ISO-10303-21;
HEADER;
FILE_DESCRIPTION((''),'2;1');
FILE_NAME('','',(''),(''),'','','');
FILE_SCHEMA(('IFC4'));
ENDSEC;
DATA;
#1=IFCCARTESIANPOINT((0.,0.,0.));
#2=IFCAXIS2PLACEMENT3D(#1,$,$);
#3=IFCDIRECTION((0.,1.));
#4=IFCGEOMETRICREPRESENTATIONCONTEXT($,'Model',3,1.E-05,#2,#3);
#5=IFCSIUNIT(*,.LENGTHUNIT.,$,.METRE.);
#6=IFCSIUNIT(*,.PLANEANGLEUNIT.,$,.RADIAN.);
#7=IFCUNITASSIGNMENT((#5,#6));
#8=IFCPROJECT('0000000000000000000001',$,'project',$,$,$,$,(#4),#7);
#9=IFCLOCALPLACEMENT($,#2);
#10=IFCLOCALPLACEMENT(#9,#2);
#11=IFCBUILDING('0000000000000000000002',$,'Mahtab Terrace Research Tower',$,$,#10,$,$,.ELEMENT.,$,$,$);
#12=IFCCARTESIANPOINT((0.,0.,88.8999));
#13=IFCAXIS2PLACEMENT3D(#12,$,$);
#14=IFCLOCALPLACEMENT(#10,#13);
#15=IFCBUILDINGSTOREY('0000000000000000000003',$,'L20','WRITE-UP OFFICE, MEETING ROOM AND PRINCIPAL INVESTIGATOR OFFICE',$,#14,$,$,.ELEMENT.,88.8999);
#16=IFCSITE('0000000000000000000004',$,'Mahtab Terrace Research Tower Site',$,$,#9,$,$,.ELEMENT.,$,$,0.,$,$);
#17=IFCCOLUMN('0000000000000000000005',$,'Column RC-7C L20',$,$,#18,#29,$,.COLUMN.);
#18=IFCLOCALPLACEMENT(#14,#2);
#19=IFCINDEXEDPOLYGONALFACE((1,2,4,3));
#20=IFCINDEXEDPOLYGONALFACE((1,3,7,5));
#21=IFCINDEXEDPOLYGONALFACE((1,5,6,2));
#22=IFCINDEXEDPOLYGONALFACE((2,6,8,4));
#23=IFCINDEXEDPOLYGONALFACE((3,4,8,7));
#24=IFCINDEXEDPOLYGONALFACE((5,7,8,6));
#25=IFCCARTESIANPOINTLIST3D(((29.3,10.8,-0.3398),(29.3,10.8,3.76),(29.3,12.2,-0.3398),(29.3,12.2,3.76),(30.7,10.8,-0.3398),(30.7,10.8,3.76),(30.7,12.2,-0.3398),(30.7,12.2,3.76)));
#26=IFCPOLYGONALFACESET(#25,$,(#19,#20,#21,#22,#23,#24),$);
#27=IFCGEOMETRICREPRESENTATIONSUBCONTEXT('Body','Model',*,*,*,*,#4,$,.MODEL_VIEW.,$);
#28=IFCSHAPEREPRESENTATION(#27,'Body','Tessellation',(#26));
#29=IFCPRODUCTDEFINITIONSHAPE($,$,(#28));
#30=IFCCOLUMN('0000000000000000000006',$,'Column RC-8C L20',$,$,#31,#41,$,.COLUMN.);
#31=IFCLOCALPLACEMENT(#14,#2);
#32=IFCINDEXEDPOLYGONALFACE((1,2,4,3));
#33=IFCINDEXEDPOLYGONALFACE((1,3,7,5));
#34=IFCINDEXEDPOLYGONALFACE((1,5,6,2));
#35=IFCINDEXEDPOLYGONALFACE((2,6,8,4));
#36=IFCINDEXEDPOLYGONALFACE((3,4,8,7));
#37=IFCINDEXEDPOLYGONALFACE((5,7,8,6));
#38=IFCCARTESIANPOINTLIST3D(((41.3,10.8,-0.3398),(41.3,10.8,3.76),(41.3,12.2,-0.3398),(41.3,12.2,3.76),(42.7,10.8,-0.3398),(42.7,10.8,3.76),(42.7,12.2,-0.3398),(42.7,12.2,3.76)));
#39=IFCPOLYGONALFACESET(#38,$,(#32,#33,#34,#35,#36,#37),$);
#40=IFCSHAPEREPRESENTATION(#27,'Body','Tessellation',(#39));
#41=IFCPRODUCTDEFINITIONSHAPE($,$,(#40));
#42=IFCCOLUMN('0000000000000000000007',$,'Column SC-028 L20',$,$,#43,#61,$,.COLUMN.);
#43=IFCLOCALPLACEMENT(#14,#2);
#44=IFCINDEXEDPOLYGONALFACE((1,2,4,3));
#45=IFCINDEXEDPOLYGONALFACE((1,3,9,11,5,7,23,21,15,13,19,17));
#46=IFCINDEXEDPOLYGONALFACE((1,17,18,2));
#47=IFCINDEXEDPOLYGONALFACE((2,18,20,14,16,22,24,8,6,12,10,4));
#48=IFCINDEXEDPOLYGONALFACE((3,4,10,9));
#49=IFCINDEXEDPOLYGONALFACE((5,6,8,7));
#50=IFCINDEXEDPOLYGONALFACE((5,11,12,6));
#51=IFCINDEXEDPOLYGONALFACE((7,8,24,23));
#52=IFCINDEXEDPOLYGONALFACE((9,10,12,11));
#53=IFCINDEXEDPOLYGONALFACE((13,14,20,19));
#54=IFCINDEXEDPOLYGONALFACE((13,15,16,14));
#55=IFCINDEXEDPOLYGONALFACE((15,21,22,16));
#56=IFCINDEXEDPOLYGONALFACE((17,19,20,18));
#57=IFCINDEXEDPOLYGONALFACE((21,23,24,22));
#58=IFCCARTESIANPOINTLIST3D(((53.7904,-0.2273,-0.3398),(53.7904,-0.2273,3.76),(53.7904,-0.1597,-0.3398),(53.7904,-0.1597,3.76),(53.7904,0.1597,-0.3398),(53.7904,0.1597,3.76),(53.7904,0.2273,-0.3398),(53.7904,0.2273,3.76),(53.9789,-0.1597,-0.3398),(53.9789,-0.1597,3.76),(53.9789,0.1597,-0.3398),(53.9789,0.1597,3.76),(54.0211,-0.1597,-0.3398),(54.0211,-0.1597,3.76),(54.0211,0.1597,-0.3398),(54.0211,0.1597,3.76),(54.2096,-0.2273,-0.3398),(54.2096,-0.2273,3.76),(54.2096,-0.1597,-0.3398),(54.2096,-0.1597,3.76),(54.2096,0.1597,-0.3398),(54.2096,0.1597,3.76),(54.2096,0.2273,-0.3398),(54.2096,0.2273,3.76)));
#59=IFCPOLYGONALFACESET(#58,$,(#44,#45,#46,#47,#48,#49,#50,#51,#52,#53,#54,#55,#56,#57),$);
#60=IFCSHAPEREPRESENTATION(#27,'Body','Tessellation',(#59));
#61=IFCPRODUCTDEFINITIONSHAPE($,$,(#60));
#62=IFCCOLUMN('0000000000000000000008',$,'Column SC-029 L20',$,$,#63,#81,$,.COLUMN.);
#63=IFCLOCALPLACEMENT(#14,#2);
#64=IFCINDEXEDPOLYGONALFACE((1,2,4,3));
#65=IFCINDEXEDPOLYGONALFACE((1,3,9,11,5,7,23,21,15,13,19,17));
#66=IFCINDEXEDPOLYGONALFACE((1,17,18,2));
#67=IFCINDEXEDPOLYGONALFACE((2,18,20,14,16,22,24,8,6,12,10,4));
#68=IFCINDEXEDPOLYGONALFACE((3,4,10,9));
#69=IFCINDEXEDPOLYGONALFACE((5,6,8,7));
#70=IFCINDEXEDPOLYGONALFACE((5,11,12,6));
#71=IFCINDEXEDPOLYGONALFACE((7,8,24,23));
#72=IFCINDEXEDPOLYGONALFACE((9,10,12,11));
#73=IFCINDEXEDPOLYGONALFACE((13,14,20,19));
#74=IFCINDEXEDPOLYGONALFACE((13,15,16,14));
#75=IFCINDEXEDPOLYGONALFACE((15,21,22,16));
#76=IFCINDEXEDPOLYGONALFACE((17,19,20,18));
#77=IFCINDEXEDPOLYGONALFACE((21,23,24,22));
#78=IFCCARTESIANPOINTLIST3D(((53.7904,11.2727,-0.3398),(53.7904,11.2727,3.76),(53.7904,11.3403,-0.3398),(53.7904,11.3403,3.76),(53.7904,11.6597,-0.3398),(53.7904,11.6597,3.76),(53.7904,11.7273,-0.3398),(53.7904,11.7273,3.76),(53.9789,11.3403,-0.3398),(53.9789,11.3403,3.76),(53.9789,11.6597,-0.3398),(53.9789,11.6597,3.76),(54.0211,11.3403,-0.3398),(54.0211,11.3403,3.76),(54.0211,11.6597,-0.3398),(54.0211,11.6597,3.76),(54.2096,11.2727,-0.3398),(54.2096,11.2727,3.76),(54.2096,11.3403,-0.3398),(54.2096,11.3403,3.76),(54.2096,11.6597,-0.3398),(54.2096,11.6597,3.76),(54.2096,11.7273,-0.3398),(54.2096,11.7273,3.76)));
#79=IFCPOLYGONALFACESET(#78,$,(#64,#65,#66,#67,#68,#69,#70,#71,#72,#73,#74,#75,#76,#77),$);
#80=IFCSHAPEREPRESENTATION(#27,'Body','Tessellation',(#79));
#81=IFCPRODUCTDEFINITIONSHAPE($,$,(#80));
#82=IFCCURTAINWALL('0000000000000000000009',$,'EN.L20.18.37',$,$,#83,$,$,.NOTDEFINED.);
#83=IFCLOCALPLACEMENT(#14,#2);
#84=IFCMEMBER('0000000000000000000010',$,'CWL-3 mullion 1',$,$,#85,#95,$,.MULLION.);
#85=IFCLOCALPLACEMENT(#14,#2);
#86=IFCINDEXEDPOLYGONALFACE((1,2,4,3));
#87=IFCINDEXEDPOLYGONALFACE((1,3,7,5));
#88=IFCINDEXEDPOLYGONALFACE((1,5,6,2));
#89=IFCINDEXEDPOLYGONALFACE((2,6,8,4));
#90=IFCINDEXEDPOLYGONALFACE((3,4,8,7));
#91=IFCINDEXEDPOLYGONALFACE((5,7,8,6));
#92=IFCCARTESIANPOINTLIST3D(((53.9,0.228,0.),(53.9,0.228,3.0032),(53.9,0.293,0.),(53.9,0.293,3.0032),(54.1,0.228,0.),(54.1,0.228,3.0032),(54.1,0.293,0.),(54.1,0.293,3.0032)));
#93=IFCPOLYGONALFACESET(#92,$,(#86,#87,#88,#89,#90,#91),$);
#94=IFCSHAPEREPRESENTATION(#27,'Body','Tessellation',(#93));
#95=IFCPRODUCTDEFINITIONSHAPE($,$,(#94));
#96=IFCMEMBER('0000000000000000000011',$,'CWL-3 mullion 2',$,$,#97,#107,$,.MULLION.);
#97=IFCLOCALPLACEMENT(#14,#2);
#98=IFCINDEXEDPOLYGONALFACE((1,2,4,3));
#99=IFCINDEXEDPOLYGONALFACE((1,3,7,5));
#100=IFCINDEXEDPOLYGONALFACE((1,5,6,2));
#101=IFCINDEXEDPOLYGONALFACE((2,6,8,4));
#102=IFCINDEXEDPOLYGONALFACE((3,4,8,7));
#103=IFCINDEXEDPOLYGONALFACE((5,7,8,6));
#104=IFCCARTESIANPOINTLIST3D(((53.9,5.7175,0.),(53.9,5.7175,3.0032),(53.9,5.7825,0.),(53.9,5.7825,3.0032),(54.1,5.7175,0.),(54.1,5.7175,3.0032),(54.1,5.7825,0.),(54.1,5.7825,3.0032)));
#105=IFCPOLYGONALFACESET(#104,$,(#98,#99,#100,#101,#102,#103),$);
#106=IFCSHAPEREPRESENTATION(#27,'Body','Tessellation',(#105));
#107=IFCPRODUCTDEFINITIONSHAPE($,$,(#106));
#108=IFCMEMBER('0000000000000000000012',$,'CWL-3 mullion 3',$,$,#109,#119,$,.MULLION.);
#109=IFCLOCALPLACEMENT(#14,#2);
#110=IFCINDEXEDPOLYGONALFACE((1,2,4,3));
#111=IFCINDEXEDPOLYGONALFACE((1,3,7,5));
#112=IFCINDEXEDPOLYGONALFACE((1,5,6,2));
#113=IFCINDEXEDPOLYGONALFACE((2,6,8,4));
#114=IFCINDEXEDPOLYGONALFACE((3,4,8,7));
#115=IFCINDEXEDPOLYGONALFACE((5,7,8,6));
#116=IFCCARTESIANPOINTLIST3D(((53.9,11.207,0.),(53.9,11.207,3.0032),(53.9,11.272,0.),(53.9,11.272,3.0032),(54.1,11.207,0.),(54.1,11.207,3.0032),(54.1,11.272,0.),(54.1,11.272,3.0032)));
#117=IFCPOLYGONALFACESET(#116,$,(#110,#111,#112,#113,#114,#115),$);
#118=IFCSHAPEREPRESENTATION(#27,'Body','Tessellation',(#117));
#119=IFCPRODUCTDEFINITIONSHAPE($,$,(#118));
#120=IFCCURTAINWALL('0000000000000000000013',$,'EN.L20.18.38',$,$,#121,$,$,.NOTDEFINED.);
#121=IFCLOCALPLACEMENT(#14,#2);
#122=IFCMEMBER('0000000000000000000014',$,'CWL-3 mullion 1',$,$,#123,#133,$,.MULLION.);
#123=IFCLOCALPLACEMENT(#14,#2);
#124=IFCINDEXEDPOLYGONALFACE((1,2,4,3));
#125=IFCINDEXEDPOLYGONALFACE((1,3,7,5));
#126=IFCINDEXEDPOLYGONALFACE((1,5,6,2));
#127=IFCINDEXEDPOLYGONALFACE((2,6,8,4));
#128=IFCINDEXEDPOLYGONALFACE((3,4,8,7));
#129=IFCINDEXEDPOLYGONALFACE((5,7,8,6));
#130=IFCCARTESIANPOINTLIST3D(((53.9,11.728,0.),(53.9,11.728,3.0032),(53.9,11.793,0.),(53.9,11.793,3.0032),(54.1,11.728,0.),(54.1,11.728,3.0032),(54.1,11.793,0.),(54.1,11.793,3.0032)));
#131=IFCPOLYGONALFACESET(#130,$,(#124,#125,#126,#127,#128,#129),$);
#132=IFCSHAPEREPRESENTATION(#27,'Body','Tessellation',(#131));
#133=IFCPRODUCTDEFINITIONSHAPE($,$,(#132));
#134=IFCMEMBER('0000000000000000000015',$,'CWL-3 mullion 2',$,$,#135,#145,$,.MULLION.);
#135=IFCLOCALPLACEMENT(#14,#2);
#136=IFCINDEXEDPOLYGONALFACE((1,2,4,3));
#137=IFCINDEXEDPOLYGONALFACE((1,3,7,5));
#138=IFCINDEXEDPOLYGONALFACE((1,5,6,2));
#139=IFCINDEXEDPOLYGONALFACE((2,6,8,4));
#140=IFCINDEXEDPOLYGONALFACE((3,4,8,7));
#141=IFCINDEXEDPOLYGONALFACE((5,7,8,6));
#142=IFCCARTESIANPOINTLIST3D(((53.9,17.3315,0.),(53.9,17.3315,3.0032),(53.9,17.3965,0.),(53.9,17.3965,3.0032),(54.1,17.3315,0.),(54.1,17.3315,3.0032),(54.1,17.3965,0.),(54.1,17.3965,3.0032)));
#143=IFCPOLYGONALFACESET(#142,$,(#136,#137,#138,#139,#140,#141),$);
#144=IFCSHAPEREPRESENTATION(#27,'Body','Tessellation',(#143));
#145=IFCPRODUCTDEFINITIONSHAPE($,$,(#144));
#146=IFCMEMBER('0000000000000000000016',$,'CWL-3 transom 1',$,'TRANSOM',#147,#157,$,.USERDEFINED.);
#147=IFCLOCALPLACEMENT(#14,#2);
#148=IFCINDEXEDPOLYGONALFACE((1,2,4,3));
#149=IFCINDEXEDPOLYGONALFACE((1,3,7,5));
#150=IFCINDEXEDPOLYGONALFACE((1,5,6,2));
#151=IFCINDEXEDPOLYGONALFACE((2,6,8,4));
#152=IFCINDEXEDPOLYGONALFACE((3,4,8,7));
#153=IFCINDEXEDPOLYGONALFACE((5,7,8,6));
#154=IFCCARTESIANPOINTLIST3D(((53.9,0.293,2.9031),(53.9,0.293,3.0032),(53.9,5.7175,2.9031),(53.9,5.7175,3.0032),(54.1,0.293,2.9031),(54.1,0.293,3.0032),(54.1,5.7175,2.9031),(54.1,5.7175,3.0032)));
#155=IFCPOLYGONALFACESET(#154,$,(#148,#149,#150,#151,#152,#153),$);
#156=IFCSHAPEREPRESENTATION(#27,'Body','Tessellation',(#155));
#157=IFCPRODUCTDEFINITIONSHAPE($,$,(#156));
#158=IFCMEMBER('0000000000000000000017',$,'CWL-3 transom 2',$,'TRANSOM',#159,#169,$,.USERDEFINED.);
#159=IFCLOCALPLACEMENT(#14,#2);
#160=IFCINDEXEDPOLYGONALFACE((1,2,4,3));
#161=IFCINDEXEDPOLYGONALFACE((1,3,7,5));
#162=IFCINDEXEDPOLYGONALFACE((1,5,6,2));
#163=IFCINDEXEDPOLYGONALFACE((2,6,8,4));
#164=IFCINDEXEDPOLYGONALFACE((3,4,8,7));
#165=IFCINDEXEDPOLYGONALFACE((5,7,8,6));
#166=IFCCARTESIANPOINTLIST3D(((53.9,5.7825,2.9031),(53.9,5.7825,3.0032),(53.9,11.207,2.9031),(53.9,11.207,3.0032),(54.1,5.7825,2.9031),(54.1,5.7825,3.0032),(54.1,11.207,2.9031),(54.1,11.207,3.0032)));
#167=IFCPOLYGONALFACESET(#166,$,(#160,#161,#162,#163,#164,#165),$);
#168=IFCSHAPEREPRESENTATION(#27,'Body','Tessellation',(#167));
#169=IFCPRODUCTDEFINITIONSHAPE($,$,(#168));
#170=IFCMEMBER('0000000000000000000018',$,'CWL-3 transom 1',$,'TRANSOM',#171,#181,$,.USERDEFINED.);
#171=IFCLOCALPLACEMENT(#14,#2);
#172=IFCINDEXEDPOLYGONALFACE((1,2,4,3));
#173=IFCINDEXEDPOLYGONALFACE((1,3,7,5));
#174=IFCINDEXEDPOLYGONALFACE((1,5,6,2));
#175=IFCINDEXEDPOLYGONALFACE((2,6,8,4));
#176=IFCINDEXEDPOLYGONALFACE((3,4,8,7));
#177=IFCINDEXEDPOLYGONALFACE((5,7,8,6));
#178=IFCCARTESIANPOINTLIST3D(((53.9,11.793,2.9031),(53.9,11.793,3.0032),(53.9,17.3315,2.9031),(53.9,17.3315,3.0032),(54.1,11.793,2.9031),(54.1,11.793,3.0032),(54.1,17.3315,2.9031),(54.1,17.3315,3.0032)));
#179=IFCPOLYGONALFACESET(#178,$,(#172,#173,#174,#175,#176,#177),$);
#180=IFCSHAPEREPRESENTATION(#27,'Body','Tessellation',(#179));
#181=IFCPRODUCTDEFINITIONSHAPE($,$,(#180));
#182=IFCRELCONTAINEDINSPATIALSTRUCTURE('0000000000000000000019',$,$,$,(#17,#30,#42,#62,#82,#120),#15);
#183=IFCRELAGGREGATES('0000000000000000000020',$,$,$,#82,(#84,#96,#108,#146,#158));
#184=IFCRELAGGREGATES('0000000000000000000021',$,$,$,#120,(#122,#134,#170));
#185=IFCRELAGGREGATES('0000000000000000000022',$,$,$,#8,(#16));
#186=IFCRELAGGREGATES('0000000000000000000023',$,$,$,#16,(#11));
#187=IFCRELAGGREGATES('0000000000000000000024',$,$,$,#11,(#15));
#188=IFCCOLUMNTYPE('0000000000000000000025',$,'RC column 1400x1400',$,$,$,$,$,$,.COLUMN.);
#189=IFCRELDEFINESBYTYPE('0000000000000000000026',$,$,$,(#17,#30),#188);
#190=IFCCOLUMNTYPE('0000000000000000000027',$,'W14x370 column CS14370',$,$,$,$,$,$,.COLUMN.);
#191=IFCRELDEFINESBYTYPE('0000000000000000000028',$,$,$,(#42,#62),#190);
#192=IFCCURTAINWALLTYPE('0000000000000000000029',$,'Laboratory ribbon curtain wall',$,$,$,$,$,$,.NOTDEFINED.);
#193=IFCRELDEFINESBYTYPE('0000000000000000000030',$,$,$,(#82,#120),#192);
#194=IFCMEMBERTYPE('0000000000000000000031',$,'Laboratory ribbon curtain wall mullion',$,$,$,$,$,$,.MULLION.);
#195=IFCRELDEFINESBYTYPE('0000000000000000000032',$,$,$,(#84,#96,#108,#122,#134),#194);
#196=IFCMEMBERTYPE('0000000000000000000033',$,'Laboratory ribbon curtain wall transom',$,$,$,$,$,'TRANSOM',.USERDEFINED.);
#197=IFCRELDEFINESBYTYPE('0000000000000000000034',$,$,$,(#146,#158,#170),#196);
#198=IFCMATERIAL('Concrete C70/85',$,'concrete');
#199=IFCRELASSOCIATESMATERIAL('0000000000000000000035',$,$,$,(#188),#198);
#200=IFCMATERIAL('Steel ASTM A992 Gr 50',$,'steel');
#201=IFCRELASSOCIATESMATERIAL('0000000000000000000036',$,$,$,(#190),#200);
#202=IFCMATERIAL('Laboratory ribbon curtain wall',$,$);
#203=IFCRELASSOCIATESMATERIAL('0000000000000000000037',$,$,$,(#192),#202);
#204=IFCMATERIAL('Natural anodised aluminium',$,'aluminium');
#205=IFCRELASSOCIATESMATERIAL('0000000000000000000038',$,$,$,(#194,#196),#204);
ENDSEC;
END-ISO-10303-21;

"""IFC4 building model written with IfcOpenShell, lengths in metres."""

from ifc_helpers import new_model, si_unit, direction, frame, origin, origin_2d, place, context, subcontext, project, spatial, rectangle, i_section, extrude, material, material_profile, profile_set, type_object, element, aggregate, save


model = new_model("IFC4")

# Units and contexts
model_context = context("Model", 3, precision=1e-05, world=origin(), true_north=direction((0.0, 1.0)))
body_context = subcontext(model_context, "Body", "Model", "MODEL_VIEW")
ifc_project = project(units=[si_unit("LENGTHUNIT", "METRE"), si_unit("PLANEANGLEUNIT", "RADIAN")], contexts=[model_context])

# Site, building, storey
site_placement = place(None, origin())
site = spatial("IfcSite", under=ifc_project, at=site_placement, Name="Mahtab Terrace Research Tower Site", CompositionType="ELEMENT", RefElevation=0.0)
building_placement = place(site_placement, origin())
building = spatial("IfcBuilding", under=site, at=building_placement, Name="Mahtab Terrace Research Tower", CompositionType="ELEMENT")
storey_placement = place(building_placement, frame((0.0, 0.0, 88.8999)))
storey = spatial("IfcBuildingStorey", under=building, at=storey_placement, Name="L20", Description="WRITE-UP OFFICE, MEETING ROOM AND PRINCIPAL INVESTIGATOR OFFICE", CompositionType="ELEMENT", Elevation=88.8999)

# Columns
ifc_material_1 = material(Name="Concrete C70/85", Category="concrete")
ifc_material_profile_1 = material_profile(ifc_material_1, rectangle(XDim=1.3999, YDim=1.3999, at=origin_2d()), Name="RC column 1400x1400")
ifc_profile_set_1 = profile_set([ifc_material_profile_1], Name="Concrete C70/85")
column_type_1 = type_object("IfcColumnType", Name="RC column 1400x1400", PredefinedType="COLUMN", material=ifc_profile_set_1)
for number, where, z_axis, x_axis, name in (
    (1, (30.0, 11.5, -0.3398), (0.0, 0.0, 1.0), (1.0, 0.0, 0.0), "Column RC-7C L20"),
    (2, (42.0, 11.5, -0.3398), (0.0, 0.0, 1.0), (1.0, 0.0, 0.0), "Column RC-8C L20"),
):
    element("IfcColumn", number, at=place(storey_placement, frame(where, z_axis=z_axis, x_axis=x_axis)), inside=storey, type_object=column_type_1, Name=name, PredefinedType="COLUMN", context=body_context, shape_type="SweptSolid", body=[
        extrude(rectangle(XDim=1.3999, YDim=1.3999, at=origin_2d()), origin(), (0.0, 0.0, 1.0), 4.0999),
    ])
ifc_material_2 = material(Name="Steel ASTM A992 Gr 50", Category="steel")
ifc_material_profile_2 = material_profile(ifc_material_2, i_section(OverallWidth=0.4192, OverallDepth=0.4546, WebThickness=0.0422, FlangeThickness=0.0676, at=origin_2d()), Name="W14X370")
ifc_profile_set_2 = profile_set([ifc_material_profile_2], Name="Steel ASTM A992 Gr 50")
column_type_2 = type_object("IfcColumnType", Name="W14x370 column CS14370", PredefinedType="COLUMN", material=ifc_profile_set_2)
for number, where, z_axis, x_axis, name in (
    (3, (54.0, 0.0, -0.3398), (0.0, 0.0, 1.0), (1.0, 0.0, 0.0), "Column SC-028 L20"),
    (4, (54.0, 11.5, -0.3398), (0.0, 0.0, 1.0), (1.0, 0.0, 0.0), "Column SC-029 L20"),
):
    element("IfcColumn", number, at=place(storey_placement, frame(where, z_axis=z_axis, x_axis=x_axis)), inside=storey, type_object=column_type_2, Name=name, PredefinedType="COLUMN", context=body_context, shape_type="SweptSolid", body=[
        extrude(i_section(OverallWidth=0.4192, OverallDepth=0.4546, WebThickness=0.0422, FlangeThickness=0.0676, at=origin_2d()), origin(), (0.0, 0.0, 1.0), 4.0999),
    ])

# Curtain walls, members
ifc_material_3 = material(Name="Laboratory ribbon curtain wall")
curtain_wall_type = type_object("IfcCurtainWallType", Name="Laboratory ribbon curtain wall", PredefinedType="NOTDEFINED", material=ifc_material_3)
curtain_wall_1_placement = place(storey_placement, origin())
curtain_wall_1 = element("IfcCurtainWall", 5, at=curtain_wall_1_placement, inside=storey, type_object=curtain_wall_type, Name="EN.L20.18.37", PredefinedType="NOTDEFINED")
ifc_material_4 = material(Name="Natural anodised aluminium", Category="aluminium")
ifc_material_profile_3 = material_profile(ifc_material_4, rectangle(XDim=0.2, YDim=0.0649, at=origin_2d()), Name="MULLION 65x200")
ifc_profile_set_3 = profile_set([ifc_material_profile_3], Name="Natural anodised aluminium")
member_type_1 = type_object("IfcMemberType", Name="Laboratory ribbon curtain wall mullion", PredefinedType="MULLION", material=ifc_profile_set_3)
member_1_placement = place(storey_placement, frame((54.0, 0.2605, 0.0), z_axis=(0.0, 0.0, 1.0), x_axis=(-1.0, 0.0, 0.0)))
member_1 = element("IfcMember", 6, at=member_1_placement, type_object=member_type_1, Name="CWL-3 mullion 1", PredefinedType="MULLION", context=body_context, shape_type="SweptSolid", body=[
    extrude(rectangle(XDim=0.2, YDim=0.0649, at=origin_2d()), origin(), (0.0, 0.0, 1.0), 3.0032),
])
member_2_placement = place(storey_placement, frame((54.0, 5.75, 0.0), z_axis=(0.0, 0.0, 1.0), x_axis=(-1.0, 0.0, 0.0)))
member_2 = element("IfcMember", 7, at=member_2_placement, type_object=member_type_1, Name="CWL-3 mullion 2", PredefinedType="MULLION", context=body_context, shape_type="SweptSolid", body=[
    extrude(rectangle(XDim=0.2, YDim=0.0649, at=origin_2d()), origin(), (0.0, 0.0, 1.0), 3.0032),
])
member_3_placement = place(storey_placement, frame((54.0, 11.2395, 0.0), z_axis=(0.0, 0.0, 1.0), x_axis=(-1.0, 0.0, 0.0)))
member_3 = element("IfcMember", 8, at=member_3_placement, type_object=member_type_1, Name="CWL-3 mullion 3", PredefinedType="MULLION", context=body_context, shape_type="SweptSolid", body=[
    extrude(rectangle(XDim=0.2, YDim=0.0649, at=origin_2d()), origin(), (0.0, 0.0, 1.0), 3.0032),
])
curtain_wall_2_placement = place(storey_placement, origin())
curtain_wall_2 = element("IfcCurtainWall", 9, at=curtain_wall_2_placement, inside=storey, type_object=curtain_wall_type, Name="EN.L20.18.38", PredefinedType="NOTDEFINED")
member_4_placement = place(storey_placement, frame((54.0, 11.7605, 0.0), z_axis=(0.0, 0.0, 1.0), x_axis=(-1.0, 0.0, 0.0)))
member_4 = element("IfcMember", 10, at=member_4_placement, type_object=member_type_1, Name="CWL-3 mullion 1", PredefinedType="MULLION", context=body_context, shape_type="SweptSolid", body=[
    extrude(rectangle(XDim=0.2, YDim=0.0649, at=origin_2d()), origin(), (0.0, 0.0, 1.0), 3.0032),
])
member_5_placement = place(storey_placement, frame((54.0, 17.364, 0.0), z_axis=(0.0, 0.0, 1.0), x_axis=(-1.0, 0.0, 0.0)))
member_5 = element("IfcMember", 11, at=member_5_placement, type_object=member_type_1, Name="CWL-3 mullion 2", PredefinedType="MULLION", context=body_context, shape_type="SweptSolid", body=[
    extrude(rectangle(XDim=0.2, YDim=0.0649, at=origin_2d()), origin(), (0.0, 0.0, 1.0), 3.0032),
])

# Members
ifc_material_profile_4 = material_profile(ifc_material_4, rectangle(XDim=0.2, YDim=0.1001, at=origin_2d()), Name="TRANSOM 100x200")
ifc_profile_set_4 = profile_set([ifc_material_profile_4], Name="Natural anodised aluminium")
member_type_2 = type_object("IfcMemberType", Name="Laboratory ribbon curtain wall transom", ElementType="TRANSOM", PredefinedType="USERDEFINED", material=ifc_profile_set_4)
member_6_placement = place(storey_placement, frame((54.0, 0.293, 2.9531), z_axis=(0.0, 1.0, 0.0), x_axis=(-1.0, 0.0, 0.0)))
member_6 = element("IfcMember", 12, at=member_6_placement, type_object=member_type_2, Name="CWL-3 transom 1", ObjectType="TRANSOM", PredefinedType="USERDEFINED", context=body_context, shape_type="SweptSolid", body=[
    extrude(rectangle(XDim=0.2, YDim=0.1001, at=origin_2d()), origin(), (0.0, 0.0, 1.0), 5.4246),
])
member_7_placement = place(storey_placement, frame((54.0, 5.7825, 2.9531), z_axis=(0.0, 1.0, 0.0), x_axis=(-1.0, 0.0, 0.0)))
member_7 = element("IfcMember", 13, at=member_7_placement, type_object=member_type_2, Name="CWL-3 transom 2", ObjectType="TRANSOM", PredefinedType="USERDEFINED", context=body_context, shape_type="SweptSolid", body=[
    extrude(rectangle(XDim=0.2, YDim=0.1001, at=origin_2d()), origin(), (0.0, 0.0, 1.0), 5.4246),
])
member_8_placement = place(storey_placement, frame((54.0, 11.793, 2.9531), z_axis=(0.0, 1.0, 0.0), x_axis=(-1.0, 0.0, 0.0)))
member_8 = element("IfcMember", 14, at=member_8_placement, type_object=member_type_2, Name="CWL-3 transom 1", ObjectType="TRANSOM", PredefinedType="USERDEFINED", context=body_context, shape_type="SweptSolid", body=[
    extrude(rectangle(XDim=0.2, YDim=0.1001, at=origin_2d()), origin(), (0.0, 0.0, 1.0), 5.5386),
])

aggregate(curtain_wall_1, [member_1, member_2, member_3, member_6, member_7])
aggregate(curtain_wall_2, [member_4, member_5, member_8])

save(model, "model.ifc")
